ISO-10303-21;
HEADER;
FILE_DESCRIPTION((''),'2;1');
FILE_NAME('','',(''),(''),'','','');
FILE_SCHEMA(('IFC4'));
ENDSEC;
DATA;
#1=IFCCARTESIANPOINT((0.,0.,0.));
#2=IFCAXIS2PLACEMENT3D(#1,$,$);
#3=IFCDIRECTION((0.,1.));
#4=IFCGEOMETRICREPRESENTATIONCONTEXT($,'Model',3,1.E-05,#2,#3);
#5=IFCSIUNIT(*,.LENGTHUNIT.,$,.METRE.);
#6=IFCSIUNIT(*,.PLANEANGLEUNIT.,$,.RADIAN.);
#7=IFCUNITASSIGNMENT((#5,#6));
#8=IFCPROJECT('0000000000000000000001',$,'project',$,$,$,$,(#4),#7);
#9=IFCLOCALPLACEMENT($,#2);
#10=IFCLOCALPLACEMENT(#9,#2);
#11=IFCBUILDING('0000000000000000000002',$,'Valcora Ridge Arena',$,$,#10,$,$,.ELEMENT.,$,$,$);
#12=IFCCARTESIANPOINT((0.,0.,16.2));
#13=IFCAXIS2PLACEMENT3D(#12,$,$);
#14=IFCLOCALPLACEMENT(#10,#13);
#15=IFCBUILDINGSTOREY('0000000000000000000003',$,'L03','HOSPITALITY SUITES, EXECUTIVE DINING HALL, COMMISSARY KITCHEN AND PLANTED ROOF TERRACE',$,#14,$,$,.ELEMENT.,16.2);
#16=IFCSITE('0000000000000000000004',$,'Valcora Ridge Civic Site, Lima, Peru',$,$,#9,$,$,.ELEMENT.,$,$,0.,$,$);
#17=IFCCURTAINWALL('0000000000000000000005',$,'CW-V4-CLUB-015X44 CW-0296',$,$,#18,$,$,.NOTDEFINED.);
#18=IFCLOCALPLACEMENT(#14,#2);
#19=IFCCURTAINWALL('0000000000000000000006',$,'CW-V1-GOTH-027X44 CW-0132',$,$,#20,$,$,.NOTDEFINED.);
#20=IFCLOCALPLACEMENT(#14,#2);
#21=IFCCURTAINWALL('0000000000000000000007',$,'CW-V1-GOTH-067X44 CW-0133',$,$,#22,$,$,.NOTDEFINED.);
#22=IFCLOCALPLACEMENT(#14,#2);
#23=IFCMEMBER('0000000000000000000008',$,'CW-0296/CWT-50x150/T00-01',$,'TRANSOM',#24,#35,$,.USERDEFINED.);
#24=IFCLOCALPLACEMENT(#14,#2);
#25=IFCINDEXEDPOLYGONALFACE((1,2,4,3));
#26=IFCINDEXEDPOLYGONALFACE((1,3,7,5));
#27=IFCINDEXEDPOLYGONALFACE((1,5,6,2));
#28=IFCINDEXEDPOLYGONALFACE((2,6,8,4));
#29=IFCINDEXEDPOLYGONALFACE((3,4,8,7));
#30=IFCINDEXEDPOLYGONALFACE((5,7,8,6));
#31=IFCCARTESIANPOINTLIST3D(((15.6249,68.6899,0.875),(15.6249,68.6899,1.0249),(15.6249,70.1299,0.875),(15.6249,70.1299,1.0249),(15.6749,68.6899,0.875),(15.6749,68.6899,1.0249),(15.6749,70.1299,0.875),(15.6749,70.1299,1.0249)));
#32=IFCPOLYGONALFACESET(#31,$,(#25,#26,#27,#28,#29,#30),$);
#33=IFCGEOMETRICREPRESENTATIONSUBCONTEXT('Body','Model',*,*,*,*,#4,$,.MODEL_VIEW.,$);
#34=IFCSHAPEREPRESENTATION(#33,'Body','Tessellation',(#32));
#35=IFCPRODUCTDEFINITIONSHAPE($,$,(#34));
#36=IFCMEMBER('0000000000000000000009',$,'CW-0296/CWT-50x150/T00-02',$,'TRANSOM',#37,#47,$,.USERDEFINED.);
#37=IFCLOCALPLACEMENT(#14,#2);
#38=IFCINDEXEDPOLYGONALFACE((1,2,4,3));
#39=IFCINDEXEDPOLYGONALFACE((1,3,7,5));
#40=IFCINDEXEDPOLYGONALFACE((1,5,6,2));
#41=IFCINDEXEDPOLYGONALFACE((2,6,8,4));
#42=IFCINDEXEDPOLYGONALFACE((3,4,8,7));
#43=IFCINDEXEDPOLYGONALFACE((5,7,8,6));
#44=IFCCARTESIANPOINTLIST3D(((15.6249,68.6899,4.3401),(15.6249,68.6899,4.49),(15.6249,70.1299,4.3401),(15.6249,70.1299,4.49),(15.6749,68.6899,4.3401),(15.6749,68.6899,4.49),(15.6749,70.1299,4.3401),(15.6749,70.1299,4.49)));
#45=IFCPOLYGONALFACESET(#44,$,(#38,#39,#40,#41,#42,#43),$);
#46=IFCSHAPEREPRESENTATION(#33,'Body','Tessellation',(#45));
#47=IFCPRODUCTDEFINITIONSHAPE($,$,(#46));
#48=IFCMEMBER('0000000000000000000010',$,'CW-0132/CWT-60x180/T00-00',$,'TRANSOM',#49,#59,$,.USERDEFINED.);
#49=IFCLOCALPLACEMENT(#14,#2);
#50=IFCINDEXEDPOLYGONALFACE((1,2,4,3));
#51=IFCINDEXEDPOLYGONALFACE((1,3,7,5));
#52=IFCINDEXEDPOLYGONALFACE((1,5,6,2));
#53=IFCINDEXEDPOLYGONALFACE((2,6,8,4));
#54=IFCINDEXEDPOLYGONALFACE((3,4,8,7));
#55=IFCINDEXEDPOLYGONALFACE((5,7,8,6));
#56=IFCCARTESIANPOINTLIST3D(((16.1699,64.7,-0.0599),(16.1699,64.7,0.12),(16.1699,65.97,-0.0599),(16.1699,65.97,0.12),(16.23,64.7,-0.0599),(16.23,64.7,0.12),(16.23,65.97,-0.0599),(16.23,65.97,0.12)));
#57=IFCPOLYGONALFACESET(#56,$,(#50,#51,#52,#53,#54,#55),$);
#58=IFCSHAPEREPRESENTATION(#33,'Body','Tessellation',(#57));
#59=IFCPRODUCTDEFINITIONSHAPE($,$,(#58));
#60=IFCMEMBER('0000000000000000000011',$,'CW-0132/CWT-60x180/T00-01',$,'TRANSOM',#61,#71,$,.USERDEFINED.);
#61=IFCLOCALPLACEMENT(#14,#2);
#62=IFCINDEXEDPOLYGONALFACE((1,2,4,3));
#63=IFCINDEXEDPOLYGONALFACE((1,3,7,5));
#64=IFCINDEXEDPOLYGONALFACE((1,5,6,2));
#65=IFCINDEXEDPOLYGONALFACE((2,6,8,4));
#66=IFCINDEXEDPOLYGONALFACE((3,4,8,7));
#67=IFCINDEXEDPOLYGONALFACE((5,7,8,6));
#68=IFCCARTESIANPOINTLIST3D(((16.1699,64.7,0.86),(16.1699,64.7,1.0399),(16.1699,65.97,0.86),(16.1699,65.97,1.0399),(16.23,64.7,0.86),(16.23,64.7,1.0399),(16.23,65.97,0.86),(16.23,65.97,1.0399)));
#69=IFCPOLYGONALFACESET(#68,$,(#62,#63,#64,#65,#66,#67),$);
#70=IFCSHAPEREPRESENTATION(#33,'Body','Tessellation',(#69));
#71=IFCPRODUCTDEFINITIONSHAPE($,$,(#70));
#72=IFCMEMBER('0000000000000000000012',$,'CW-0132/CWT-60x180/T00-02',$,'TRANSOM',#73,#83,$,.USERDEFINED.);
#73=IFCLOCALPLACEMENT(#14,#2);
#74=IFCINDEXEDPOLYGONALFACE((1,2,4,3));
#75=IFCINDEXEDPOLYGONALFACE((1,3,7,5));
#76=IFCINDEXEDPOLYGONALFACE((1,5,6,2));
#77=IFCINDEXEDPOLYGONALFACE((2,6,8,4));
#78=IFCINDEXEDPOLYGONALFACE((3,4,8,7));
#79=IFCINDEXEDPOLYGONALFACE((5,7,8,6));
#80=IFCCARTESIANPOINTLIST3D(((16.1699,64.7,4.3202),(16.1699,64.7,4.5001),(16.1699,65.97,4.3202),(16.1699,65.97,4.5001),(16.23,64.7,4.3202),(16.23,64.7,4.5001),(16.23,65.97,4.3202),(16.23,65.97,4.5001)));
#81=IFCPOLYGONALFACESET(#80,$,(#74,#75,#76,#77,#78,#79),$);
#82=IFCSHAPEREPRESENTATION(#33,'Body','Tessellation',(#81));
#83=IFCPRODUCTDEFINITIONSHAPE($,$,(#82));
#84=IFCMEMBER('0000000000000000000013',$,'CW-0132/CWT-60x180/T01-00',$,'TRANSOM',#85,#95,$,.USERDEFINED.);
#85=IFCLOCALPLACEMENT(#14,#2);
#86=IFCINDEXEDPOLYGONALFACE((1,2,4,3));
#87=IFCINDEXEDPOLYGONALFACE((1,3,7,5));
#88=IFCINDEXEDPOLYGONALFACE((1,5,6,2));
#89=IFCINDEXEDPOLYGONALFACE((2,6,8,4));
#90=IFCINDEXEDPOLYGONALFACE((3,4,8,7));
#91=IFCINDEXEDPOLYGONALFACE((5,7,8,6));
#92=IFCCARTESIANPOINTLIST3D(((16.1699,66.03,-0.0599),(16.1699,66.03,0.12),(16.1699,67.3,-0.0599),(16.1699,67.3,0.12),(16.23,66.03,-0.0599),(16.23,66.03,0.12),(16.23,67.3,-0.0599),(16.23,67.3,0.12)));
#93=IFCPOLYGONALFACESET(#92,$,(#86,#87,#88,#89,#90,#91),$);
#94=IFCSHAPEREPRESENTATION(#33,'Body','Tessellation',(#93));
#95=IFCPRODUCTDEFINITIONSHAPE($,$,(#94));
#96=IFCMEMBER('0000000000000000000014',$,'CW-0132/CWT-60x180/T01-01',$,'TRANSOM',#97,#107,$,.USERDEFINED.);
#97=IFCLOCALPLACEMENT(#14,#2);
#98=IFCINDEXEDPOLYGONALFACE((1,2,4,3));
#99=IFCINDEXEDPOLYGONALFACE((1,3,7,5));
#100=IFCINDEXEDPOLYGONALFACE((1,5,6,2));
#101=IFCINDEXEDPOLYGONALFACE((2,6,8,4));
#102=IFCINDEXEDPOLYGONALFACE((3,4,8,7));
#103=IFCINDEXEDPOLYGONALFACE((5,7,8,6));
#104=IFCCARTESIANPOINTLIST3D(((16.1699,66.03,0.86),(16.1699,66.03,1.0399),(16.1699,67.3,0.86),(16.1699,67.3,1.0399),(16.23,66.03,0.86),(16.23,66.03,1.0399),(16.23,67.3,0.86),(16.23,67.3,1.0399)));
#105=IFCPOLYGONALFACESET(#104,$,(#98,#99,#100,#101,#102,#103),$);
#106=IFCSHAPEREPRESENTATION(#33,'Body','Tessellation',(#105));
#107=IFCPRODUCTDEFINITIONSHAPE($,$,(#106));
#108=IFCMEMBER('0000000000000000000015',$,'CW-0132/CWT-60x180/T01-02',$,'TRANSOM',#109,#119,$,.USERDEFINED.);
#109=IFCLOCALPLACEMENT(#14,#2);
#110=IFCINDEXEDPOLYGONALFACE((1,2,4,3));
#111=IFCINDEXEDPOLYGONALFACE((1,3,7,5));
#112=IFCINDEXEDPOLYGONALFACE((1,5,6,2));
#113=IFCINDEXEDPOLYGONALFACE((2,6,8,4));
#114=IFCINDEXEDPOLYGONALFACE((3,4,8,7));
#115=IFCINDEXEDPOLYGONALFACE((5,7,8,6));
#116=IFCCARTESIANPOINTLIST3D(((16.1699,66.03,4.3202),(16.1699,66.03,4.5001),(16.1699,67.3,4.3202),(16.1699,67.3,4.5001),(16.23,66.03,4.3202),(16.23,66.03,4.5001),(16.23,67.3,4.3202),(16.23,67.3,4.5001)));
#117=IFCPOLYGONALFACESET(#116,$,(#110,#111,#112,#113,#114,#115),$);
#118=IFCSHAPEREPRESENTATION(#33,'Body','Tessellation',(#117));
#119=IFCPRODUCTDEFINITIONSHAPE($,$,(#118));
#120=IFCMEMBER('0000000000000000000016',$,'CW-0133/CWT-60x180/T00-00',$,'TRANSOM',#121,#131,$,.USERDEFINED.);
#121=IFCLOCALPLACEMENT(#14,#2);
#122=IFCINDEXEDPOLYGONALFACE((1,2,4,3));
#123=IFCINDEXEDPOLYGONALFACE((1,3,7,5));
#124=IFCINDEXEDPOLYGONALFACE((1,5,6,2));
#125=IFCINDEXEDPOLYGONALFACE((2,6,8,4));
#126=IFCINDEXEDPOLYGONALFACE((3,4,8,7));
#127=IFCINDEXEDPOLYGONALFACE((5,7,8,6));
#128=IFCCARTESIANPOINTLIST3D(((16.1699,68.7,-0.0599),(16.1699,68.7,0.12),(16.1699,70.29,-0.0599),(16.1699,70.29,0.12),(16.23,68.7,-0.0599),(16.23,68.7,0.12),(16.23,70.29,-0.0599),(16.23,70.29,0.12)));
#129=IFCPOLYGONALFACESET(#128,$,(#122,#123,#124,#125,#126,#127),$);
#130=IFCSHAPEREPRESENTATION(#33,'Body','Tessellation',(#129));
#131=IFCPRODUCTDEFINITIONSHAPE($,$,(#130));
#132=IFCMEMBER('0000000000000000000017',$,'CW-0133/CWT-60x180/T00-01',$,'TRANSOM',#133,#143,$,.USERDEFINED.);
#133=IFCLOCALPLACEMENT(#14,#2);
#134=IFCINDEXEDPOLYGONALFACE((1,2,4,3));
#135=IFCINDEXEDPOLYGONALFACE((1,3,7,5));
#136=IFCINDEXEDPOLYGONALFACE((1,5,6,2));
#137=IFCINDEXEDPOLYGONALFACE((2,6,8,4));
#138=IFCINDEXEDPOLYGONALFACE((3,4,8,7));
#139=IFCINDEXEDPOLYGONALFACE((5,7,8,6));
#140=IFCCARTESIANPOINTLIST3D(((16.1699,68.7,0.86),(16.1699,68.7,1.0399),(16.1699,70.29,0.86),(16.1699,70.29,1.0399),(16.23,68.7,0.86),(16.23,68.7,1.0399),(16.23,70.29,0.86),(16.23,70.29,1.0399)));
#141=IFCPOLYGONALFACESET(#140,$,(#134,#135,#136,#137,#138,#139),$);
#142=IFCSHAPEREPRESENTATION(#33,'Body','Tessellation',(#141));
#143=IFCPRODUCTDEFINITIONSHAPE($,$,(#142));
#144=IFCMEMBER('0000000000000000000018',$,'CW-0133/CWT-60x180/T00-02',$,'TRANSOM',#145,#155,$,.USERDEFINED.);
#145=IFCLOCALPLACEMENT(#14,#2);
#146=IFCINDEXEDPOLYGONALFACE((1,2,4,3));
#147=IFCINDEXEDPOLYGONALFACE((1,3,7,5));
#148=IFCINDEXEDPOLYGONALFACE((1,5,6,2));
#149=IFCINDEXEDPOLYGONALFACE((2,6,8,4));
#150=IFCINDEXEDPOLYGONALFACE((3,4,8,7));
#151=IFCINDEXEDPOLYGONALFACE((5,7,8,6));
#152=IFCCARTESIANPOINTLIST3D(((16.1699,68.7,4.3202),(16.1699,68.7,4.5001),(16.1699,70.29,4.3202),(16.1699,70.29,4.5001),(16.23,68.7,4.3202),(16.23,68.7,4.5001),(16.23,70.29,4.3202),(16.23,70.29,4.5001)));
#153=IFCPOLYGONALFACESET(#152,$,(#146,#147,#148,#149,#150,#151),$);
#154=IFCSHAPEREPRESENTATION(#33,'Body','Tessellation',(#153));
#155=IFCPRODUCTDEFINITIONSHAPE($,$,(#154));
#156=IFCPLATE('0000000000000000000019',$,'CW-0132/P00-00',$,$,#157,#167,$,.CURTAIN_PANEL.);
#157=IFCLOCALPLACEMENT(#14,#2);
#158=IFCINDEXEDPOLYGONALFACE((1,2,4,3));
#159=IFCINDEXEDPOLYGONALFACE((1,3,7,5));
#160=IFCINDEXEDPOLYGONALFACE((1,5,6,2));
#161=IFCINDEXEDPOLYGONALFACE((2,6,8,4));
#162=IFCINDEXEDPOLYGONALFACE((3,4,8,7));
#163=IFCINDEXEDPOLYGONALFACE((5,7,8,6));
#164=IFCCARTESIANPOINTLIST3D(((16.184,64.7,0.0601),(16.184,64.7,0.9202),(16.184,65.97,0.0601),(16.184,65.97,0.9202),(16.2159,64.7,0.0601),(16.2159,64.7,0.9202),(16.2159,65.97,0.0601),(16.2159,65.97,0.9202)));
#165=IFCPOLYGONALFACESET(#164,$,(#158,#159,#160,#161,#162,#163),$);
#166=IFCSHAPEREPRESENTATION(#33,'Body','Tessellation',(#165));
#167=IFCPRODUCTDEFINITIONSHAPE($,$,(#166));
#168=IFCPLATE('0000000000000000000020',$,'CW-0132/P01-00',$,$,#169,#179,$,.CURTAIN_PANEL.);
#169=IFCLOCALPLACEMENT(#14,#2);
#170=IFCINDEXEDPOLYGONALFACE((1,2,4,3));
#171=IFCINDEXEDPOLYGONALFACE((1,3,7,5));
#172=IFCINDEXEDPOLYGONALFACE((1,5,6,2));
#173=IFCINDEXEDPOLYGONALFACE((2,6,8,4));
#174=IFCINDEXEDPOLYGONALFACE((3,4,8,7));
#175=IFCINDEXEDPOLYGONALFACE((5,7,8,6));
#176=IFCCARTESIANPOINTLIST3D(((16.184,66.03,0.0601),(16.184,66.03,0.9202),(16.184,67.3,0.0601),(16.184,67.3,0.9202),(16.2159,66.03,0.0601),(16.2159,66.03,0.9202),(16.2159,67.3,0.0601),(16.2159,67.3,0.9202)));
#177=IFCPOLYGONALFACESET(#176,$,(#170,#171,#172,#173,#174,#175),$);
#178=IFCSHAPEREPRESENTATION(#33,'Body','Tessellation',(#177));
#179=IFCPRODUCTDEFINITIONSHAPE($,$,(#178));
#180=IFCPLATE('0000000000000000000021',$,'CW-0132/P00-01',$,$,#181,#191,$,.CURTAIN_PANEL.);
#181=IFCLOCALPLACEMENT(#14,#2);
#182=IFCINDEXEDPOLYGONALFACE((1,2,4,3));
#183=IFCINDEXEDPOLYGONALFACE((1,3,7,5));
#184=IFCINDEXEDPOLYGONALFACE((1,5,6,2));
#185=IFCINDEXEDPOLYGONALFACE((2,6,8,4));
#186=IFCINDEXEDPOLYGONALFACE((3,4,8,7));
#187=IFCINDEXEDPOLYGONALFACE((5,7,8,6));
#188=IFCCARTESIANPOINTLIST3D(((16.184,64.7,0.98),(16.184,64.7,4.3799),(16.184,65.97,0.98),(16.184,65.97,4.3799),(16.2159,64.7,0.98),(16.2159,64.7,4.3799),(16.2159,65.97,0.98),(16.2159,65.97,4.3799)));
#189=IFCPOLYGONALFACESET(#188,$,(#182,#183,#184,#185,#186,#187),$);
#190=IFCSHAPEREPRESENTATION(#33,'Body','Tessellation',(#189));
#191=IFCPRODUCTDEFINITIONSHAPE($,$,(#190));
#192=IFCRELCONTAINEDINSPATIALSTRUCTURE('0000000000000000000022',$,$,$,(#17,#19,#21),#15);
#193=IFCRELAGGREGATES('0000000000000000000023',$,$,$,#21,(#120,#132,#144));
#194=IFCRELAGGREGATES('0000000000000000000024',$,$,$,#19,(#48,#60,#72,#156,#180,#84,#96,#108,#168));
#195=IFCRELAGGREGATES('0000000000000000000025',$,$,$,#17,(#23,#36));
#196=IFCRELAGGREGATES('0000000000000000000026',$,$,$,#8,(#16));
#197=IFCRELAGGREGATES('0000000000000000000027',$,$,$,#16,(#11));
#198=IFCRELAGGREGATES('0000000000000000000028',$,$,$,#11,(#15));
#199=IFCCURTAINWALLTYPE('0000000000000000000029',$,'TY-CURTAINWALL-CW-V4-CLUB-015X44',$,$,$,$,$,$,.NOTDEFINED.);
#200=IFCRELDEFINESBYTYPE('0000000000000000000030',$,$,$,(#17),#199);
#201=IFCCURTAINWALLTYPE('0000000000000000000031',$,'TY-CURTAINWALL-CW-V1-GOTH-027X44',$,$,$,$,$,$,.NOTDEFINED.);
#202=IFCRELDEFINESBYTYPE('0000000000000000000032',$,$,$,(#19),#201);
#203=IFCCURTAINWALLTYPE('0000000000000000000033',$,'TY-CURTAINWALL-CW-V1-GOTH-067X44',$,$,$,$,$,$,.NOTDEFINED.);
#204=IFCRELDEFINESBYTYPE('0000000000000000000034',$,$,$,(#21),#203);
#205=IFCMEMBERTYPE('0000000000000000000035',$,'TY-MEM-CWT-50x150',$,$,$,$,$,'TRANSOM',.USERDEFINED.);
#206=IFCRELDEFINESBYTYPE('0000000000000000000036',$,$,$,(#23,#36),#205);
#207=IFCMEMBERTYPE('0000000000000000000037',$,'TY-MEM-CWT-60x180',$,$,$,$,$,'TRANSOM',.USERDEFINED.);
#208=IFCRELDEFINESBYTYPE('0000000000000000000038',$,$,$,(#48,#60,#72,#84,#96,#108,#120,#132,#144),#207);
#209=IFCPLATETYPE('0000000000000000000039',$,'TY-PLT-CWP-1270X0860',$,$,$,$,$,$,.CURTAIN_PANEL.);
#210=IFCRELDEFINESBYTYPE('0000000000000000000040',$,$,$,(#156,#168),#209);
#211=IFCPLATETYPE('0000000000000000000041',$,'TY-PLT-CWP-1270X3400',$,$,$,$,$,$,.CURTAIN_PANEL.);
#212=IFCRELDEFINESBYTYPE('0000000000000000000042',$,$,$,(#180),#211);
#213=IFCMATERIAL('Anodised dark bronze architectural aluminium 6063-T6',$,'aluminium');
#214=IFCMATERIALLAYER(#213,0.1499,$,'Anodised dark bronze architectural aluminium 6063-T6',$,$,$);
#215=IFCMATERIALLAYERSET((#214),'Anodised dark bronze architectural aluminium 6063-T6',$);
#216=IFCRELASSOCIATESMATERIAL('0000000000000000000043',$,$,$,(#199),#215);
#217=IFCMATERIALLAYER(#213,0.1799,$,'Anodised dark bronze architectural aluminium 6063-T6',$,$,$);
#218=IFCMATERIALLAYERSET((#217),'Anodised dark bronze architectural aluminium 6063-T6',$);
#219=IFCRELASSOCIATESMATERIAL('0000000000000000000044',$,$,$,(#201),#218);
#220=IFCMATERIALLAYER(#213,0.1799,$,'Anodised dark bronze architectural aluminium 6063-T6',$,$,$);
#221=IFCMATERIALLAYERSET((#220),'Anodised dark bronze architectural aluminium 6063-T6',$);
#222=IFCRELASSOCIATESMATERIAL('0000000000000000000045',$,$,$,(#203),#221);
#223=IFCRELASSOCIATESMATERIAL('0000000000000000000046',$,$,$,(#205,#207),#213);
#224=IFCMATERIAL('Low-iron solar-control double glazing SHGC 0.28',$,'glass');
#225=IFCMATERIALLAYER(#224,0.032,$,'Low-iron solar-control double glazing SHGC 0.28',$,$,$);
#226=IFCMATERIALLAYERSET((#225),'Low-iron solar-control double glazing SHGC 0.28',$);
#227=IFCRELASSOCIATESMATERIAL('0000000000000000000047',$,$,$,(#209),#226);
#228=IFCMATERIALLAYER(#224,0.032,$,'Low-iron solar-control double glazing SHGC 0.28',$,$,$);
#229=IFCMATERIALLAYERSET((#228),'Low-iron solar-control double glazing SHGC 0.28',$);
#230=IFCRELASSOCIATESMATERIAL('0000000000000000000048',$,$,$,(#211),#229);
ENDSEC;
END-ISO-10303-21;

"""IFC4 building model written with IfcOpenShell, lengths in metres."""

from ifc_helpers import new_model, si_unit, direction, frame, origin, origin_2d, place, context, subcontext, project, spatial, rectangle, extrude, material, layer, layer_set, material_profile, profile_set, type_object, element, aggregate, save


model = new_model("IFC4")

# Units and contexts
model_context = context("Model", 3, precision=1e-05, world=origin(), true_north=direction((0.0, 1.0)))
body_context = subcontext(model_context, "Body", "Model", "MODEL_VIEW")
ifc_project = project(units=[si_unit("LENGTHUNIT", "METRE"), si_unit("PLANEANGLEUNIT", "RADIAN")], contexts=[model_context])

# Site, building, storey
site_placement = place(None, origin())
site = spatial("IfcSite", under=ifc_project, at=site_placement, Name="Valcora Ridge Civic Site, Lima, Peru", CompositionType="ELEMENT", RefElevation=0.0)
building_placement = place(site_placement, origin())
building = spatial("IfcBuilding", under=site, at=building_placement, Name="Valcora Ridge Arena", CompositionType="ELEMENT")
storey_placement = place(building_placement, frame((0.0, 0.0, 16.2)))
storey = spatial("IfcBuildingStorey", under=building, at=storey_placement, Name="L03", Description="HOSPITALITY SUITES, EXECUTIVE DINING HALL, COMMISSARY KITCHEN AND PLANTED ROOF TERRACE", CompositionType="ELEMENT", Elevation=16.2)

# Shared definitions
ifc_material_1 = material(Name="Anodised dark bronze architectural aluminium 6063-T6", Category="aluminium")

# Curtain wall
ifc_layer_1 = layer(ifc_material_1, 0.1499, Name="Anodised dark bronze architectural aluminium 6063-T6")
ifc_layer_set_1 = layer_set([ifc_layer_1], Name="Anodised dark bronze architectural aluminium 6063-T6")
curtain_wall_type_1 = type_object("IfcCurtainWallType", Name="TY-CURTAINWALL-CW-V4-CLUB-015X44", PredefinedType="NOTDEFINED", material=ifc_layer_set_1)
curtain_wall_1_placement = place(storey_placement, origin())
curtain_wall_1 = element("IfcCurtainWall", 1, at=curtain_wall_1_placement, inside=storey, type_object=curtain_wall_type_1, Name="CW-V4-CLUB-015X44 CW-0296", PredefinedType="NOTDEFINED")

# Curtain wall
ifc_layer_2 = layer(ifc_material_1, 0.1799, Name="Anodised dark bronze architectural aluminium 6063-T6")
ifc_layer_set_2 = layer_set([ifc_layer_2], Name="Anodised dark bronze architectural aluminium 6063-T6")
curtain_wall_type_2 = type_object("IfcCurtainWallType", Name="TY-CURTAINWALL-CW-V1-GOTH-027X44", PredefinedType="NOTDEFINED", material=ifc_layer_set_2)
curtain_wall_2_placement = place(storey_placement, origin())
curtain_wall_2 = element("IfcCurtainWall", 2, at=curtain_wall_2_placement, inside=storey, type_object=curtain_wall_type_2, Name="CW-V1-GOTH-027X44 CW-0132", PredefinedType="NOTDEFINED")

# Curtain wall
ifc_layer_3 = layer(ifc_material_1, 0.1799, Name="Anodised dark bronze architectural aluminium 6063-T6")
ifc_layer_set_3 = layer_set([ifc_layer_3], Name="Anodised dark bronze architectural aluminium 6063-T6")
curtain_wall_type_3 = type_object("IfcCurtainWallType", Name="TY-CURTAINWALL-CW-V1-GOTH-067X44", PredefinedType="NOTDEFINED", material=ifc_layer_set_3)
curtain_wall_3_placement = place(storey_placement, origin())
curtain_wall_3 = element("IfcCurtainWall", 3, at=curtain_wall_3_placement, inside=storey, type_object=curtain_wall_type_3, Name="CW-V1-GOTH-067X44 CW-0133", PredefinedType="NOTDEFINED")

# Members
ifc_material_profile_1 = material_profile(ifc_material_1, rectangle(XDim=0.05, YDim=0.1499, at=origin_2d()), Name="ALU TRANSOM 50x150")
ifc_profile_set_1 = profile_set([ifc_material_profile_1], Name="Anodised dark bronze architectural aluminium 6063-T6")
member_type_1 = type_object("IfcMemberType", Name="TY-MEM-CWT-50x150", ElementType="TRANSOM", PredefinedType="USERDEFINED", material=ifc_profile_set_1)
member_1_placement = place(storey_placement, frame((15.6499, 68.6899, 0.95), z_axis=(0.0, 1.0, 0.0), x_axis=(-1.0, 0.0, 0.0)))
member_1 = element("IfcMember", 4, at=member_1_placement, type_object=member_type_1, Name="CW-0296/CWT-50x150/T00-01", ObjectType="TRANSOM", PredefinedType="USERDEFINED", context=body_context, shape_type="SweptSolid", body=[
    extrude(rectangle(XDim=0.05, YDim=0.1499, at=origin_2d()), origin(), (0.0, 0.0, 1.0), 1.4399),
])
member_2_placement = place(storey_placement, frame((15.6499, 68.6899, 4.415), z_axis=(0.0, 1.0, 0.0), x_axis=(-1.0, 0.0, 0.0)))
member_2 = element("IfcMember", 5, at=member_2_placement, type_object=member_type_1, Name="CW-0296/CWT-50x150/T00-02", ObjectType="TRANSOM", PredefinedType="USERDEFINED", context=body_context, shape_type="SweptSolid", body=[
    extrude(rectangle(XDim=0.05, YDim=0.1499, at=origin_2d()), origin(), (0.0, 0.0, 1.0), 1.4399),
])
ifc_material_profile_2 = material_profile(ifc_material_1, rectangle(XDim=0.0601, YDim=0.1799, at=origin_2d()), Name="ALU TRANSOM 60x180")
ifc_profile_set_2 = profile_set([ifc_material_profile_2], Name="Anodised dark bronze architectural aluminium 6063-T6")
member_type_2 = type_object("IfcMemberType", Name="TY-MEM-CWT-60x180", ElementType="TRANSOM", PredefinedType="USERDEFINED", material=ifc_profile_set_2)
member_3_placement = place(storey_placement, frame((16.2, 64.7, 0.03), z_axis=(0.0, 1.0, 0.0), x_axis=(-1.0, 0.0, 0.0)))
member_3 = element("IfcMember", 6, at=member_3_placement, type_object=member_type_2, Name="CW-0132/CWT-60x180/T00-00", ObjectType="TRANSOM", PredefinedType="USERDEFINED", context=body_context, shape_type="SweptSolid", body=[
    extrude(rectangle(XDim=0.0601, YDim=0.1799, at=origin_2d()), origin(), (0.0, 0.0, 1.0), 1.27),
])
member_4_placement = place(storey_placement, frame((16.2, 64.7, 0.95), z_axis=(0.0, 1.0, 0.0), x_axis=(-1.0, 0.0, 0.0)))
member_4 = element("IfcMember", 7, at=member_4_placement, type_object=member_type_2, Name="CW-0132/CWT-60x180/T00-01", ObjectType="TRANSOM", PredefinedType="USERDEFINED", context=body_context, shape_type="SweptSolid", body=[
    extrude(rectangle(XDim=0.0601, YDim=0.1799, at=origin_2d()), origin(), (0.0, 0.0, 1.0), 1.27),
])
member_5_placement = place(storey_placement, frame((16.2, 64.7, 4.4102), z_axis=(0.0, 1.0, 0.0), x_axis=(-1.0, 0.0, 0.0)))
member_5 = element("IfcMember", 8, at=member_5_placement, type_object=member_type_2, Name="CW-0132/CWT-60x180/T00-02", ObjectType="TRANSOM", PredefinedType="USERDEFINED", context=body_context, shape_type="SweptSolid", body=[
    extrude(rectangle(XDim=0.0601, YDim=0.1799, at=origin_2d()), origin(), (0.0, 0.0, 1.0), 1.27),
])
member_6_placement = place(storey_placement, frame((16.2, 66.03, 0.03), z_axis=(0.0, 1.0, 0.0), x_axis=(-1.0, 0.0, 0.0)))
member_6 = element("IfcMember", 9, at=member_6_placement, type_object=member_type_2, Name="CW-0132/CWT-60x180/T01-00", ObjectType="TRANSOM", PredefinedType="USERDEFINED", context=body_context, shape_type="SweptSolid", body=[
    extrude(rectangle(XDim=0.0601, YDim=0.1799, at=origin_2d()), origin(), (0.0, 0.0, 1.0), 1.27),
])
member_7_placement = place(storey_placement, frame((16.2, 66.03, 0.95), z_axis=(0.0, 1.0, 0.0), x_axis=(-1.0, 0.0, 0.0)))
member_7 = element("IfcMember", 10, at=member_7_placement, type_object=member_type_2, Name="CW-0132/CWT-60x180/T01-01", ObjectType="TRANSOM", PredefinedType="USERDEFINED", context=body_context, shape_type="SweptSolid", body=[
    extrude(rectangle(XDim=0.0601, YDim=0.1799, at=origin_2d()), origin(), (0.0, 0.0, 1.0), 1.27),
])
member_8_placement = place(storey_placement, frame((16.2, 66.03, 4.4102), z_axis=(0.0, 1.0, 0.0), x_axis=(-1.0, 0.0, 0.0)))
member_8 = element("IfcMember", 11, at=member_8_placement, type_object=member_type_2, Name="CW-0132/CWT-60x180/T01-02", ObjectType="TRANSOM", PredefinedType="USERDEFINED", context=body_context, shape_type="SweptSolid", body=[
    extrude(rectangle(XDim=0.0601, YDim=0.1799, at=origin_2d()), origin(), (0.0, 0.0, 1.0), 1.27),
])
member_9_placement = place(storey_placement, frame((16.2, 68.7, 0.03), z_axis=(0.0, 1.0, 0.0), x_axis=(-1.0, 0.0, 0.0)))
member_9 = element("IfcMember", 12, at=member_9_placement, type_object=member_type_2, Name="CW-0133/CWT-60x180/T00-00", ObjectType="TRANSOM", PredefinedType="USERDEFINED", context=body_context, shape_type="SweptSolid", body=[
    extrude(rectangle(XDim=0.0601, YDim=0.1799, at=origin_2d()), origin(), (0.0, 0.0, 1.0), 1.5901),
])
member_10_placement = place(storey_placement, frame((16.2, 68.7, 0.95), z_axis=(0.0, 1.0, 0.0), x_axis=(-1.0, 0.0, 0.0)))
member_10 = element("IfcMember", 13, at=member_10_placement, type_object=member_type_2, Name="CW-0133/CWT-60x180/T00-01", ObjectType="TRANSOM", PredefinedType="USERDEFINED", context=body_context, shape_type="SweptSolid", body=[
    extrude(rectangle(XDim=0.0601, YDim=0.1799, at=origin_2d()), origin(), (0.0, 0.0, 1.0), 1.5901),
])
member_11_placement = place(storey_placement, frame((16.2, 68.7, 4.4102), z_axis=(0.0, 1.0, 0.0), x_axis=(-1.0, 0.0, 0.0)))
member_11 = element("IfcMember", 14, at=member_11_placement, type_object=member_type_2, Name="CW-0133/CWT-60x180/T00-02", ObjectType="TRANSOM", PredefinedType="USERDEFINED", context=body_context, shape_type="SweptSolid", body=[
    extrude(rectangle(XDim=0.0601, YDim=0.1799, at=origin_2d()), origin(), (0.0, 0.0, 1.0), 1.5901),
])
aggregate(curtain_wall_3, [member_9, member_10, member_11])

# Plates
ifc_material_2 = material(Name="Low-iron solar-control double glazing SHGC 0.28", Category="glass")
ifc_layer_4 = layer(ifc_material_2, 0.032, Name="Low-iron solar-control double glazing SHGC 0.28")
ifc_layer_set_4 = layer_set([ifc_layer_4], Name="Low-iron solar-control double glazing SHGC 0.28")
plate_type_1 = type_object("IfcPlateType", Name="TY-PLT-CWP-1270X0860", PredefinedType="CURTAIN_PANEL", material=ifc_layer_set_4)
plate_1_placement = place(storey_placement, frame((16.2, 65.335, 0.0601), z_axis=(0.0, 0.0, 1.0), x_axis=(0.0, 1.0, 0.0)))
plate_1 = element("IfcPlate", 15, at=plate_1_placement, type_object=plate_type_1, Name="CW-0132/P00-00", PredefinedType="CURTAIN_PANEL", context=body_context, shape_type="SweptSolid", body=[
    extrude(rectangle(XDim=1.27, YDim=0.032, at=origin_2d()), origin(), (0.0, 0.0, 1.0), 0.8601),
])
plate_2_placement = place(storey_placement, frame((16.2, 66.665, 0.0601), z_axis=(0.0, 0.0, 1.0), x_axis=(0.0, 1.0, 0.0)))
plate_2 = element("IfcPlate", 16, at=plate_2_placement, type_object=plate_type_1, Name="CW-0132/P01-00", PredefinedType="CURTAIN_PANEL", context=body_context, shape_type="SweptSolid", body=[
    extrude(rectangle(XDim=1.27, YDim=0.032, at=origin_2d()), origin(), (0.0, 0.0, 1.0), 0.8601),
])
ifc_layer_5 = layer(ifc_material_2, 0.032, Name="Low-iron solar-control double glazing SHGC 0.28")
ifc_layer_set_5 = layer_set([ifc_layer_5], Name="Low-iron solar-control double glazing SHGC 0.28")
plate_type_2 = type_object("IfcPlateType", Name="TY-PLT-CWP-1270X3400", PredefinedType="CURTAIN_PANEL", material=ifc_layer_set_5)
plate_3_placement = place(storey_placement, frame((16.2, 65.335, 0.98), z_axis=(0.0, 0.0, 1.0), x_axis=(0.0, 1.0, 0.0)))
plate_3 = element("IfcPlate", 17, at=plate_3_placement, type_object=plate_type_2, Name="CW-0132/P00-01", PredefinedType="CURTAIN_PANEL", context=body_context, shape_type="SweptSolid", body=[
    extrude(rectangle(XDim=1.27, YDim=0.032, at=origin_2d()), origin(), (0.0, 0.0, 1.0), 3.3999),
])
aggregate(curtain_wall_2, [member_3, member_4, member_5, plate_1, plate_3, member_6, member_7, member_8, plate_2])
aggregate(curtain_wall_1, [member_1, member_2])

save(model, "model.ifc")
